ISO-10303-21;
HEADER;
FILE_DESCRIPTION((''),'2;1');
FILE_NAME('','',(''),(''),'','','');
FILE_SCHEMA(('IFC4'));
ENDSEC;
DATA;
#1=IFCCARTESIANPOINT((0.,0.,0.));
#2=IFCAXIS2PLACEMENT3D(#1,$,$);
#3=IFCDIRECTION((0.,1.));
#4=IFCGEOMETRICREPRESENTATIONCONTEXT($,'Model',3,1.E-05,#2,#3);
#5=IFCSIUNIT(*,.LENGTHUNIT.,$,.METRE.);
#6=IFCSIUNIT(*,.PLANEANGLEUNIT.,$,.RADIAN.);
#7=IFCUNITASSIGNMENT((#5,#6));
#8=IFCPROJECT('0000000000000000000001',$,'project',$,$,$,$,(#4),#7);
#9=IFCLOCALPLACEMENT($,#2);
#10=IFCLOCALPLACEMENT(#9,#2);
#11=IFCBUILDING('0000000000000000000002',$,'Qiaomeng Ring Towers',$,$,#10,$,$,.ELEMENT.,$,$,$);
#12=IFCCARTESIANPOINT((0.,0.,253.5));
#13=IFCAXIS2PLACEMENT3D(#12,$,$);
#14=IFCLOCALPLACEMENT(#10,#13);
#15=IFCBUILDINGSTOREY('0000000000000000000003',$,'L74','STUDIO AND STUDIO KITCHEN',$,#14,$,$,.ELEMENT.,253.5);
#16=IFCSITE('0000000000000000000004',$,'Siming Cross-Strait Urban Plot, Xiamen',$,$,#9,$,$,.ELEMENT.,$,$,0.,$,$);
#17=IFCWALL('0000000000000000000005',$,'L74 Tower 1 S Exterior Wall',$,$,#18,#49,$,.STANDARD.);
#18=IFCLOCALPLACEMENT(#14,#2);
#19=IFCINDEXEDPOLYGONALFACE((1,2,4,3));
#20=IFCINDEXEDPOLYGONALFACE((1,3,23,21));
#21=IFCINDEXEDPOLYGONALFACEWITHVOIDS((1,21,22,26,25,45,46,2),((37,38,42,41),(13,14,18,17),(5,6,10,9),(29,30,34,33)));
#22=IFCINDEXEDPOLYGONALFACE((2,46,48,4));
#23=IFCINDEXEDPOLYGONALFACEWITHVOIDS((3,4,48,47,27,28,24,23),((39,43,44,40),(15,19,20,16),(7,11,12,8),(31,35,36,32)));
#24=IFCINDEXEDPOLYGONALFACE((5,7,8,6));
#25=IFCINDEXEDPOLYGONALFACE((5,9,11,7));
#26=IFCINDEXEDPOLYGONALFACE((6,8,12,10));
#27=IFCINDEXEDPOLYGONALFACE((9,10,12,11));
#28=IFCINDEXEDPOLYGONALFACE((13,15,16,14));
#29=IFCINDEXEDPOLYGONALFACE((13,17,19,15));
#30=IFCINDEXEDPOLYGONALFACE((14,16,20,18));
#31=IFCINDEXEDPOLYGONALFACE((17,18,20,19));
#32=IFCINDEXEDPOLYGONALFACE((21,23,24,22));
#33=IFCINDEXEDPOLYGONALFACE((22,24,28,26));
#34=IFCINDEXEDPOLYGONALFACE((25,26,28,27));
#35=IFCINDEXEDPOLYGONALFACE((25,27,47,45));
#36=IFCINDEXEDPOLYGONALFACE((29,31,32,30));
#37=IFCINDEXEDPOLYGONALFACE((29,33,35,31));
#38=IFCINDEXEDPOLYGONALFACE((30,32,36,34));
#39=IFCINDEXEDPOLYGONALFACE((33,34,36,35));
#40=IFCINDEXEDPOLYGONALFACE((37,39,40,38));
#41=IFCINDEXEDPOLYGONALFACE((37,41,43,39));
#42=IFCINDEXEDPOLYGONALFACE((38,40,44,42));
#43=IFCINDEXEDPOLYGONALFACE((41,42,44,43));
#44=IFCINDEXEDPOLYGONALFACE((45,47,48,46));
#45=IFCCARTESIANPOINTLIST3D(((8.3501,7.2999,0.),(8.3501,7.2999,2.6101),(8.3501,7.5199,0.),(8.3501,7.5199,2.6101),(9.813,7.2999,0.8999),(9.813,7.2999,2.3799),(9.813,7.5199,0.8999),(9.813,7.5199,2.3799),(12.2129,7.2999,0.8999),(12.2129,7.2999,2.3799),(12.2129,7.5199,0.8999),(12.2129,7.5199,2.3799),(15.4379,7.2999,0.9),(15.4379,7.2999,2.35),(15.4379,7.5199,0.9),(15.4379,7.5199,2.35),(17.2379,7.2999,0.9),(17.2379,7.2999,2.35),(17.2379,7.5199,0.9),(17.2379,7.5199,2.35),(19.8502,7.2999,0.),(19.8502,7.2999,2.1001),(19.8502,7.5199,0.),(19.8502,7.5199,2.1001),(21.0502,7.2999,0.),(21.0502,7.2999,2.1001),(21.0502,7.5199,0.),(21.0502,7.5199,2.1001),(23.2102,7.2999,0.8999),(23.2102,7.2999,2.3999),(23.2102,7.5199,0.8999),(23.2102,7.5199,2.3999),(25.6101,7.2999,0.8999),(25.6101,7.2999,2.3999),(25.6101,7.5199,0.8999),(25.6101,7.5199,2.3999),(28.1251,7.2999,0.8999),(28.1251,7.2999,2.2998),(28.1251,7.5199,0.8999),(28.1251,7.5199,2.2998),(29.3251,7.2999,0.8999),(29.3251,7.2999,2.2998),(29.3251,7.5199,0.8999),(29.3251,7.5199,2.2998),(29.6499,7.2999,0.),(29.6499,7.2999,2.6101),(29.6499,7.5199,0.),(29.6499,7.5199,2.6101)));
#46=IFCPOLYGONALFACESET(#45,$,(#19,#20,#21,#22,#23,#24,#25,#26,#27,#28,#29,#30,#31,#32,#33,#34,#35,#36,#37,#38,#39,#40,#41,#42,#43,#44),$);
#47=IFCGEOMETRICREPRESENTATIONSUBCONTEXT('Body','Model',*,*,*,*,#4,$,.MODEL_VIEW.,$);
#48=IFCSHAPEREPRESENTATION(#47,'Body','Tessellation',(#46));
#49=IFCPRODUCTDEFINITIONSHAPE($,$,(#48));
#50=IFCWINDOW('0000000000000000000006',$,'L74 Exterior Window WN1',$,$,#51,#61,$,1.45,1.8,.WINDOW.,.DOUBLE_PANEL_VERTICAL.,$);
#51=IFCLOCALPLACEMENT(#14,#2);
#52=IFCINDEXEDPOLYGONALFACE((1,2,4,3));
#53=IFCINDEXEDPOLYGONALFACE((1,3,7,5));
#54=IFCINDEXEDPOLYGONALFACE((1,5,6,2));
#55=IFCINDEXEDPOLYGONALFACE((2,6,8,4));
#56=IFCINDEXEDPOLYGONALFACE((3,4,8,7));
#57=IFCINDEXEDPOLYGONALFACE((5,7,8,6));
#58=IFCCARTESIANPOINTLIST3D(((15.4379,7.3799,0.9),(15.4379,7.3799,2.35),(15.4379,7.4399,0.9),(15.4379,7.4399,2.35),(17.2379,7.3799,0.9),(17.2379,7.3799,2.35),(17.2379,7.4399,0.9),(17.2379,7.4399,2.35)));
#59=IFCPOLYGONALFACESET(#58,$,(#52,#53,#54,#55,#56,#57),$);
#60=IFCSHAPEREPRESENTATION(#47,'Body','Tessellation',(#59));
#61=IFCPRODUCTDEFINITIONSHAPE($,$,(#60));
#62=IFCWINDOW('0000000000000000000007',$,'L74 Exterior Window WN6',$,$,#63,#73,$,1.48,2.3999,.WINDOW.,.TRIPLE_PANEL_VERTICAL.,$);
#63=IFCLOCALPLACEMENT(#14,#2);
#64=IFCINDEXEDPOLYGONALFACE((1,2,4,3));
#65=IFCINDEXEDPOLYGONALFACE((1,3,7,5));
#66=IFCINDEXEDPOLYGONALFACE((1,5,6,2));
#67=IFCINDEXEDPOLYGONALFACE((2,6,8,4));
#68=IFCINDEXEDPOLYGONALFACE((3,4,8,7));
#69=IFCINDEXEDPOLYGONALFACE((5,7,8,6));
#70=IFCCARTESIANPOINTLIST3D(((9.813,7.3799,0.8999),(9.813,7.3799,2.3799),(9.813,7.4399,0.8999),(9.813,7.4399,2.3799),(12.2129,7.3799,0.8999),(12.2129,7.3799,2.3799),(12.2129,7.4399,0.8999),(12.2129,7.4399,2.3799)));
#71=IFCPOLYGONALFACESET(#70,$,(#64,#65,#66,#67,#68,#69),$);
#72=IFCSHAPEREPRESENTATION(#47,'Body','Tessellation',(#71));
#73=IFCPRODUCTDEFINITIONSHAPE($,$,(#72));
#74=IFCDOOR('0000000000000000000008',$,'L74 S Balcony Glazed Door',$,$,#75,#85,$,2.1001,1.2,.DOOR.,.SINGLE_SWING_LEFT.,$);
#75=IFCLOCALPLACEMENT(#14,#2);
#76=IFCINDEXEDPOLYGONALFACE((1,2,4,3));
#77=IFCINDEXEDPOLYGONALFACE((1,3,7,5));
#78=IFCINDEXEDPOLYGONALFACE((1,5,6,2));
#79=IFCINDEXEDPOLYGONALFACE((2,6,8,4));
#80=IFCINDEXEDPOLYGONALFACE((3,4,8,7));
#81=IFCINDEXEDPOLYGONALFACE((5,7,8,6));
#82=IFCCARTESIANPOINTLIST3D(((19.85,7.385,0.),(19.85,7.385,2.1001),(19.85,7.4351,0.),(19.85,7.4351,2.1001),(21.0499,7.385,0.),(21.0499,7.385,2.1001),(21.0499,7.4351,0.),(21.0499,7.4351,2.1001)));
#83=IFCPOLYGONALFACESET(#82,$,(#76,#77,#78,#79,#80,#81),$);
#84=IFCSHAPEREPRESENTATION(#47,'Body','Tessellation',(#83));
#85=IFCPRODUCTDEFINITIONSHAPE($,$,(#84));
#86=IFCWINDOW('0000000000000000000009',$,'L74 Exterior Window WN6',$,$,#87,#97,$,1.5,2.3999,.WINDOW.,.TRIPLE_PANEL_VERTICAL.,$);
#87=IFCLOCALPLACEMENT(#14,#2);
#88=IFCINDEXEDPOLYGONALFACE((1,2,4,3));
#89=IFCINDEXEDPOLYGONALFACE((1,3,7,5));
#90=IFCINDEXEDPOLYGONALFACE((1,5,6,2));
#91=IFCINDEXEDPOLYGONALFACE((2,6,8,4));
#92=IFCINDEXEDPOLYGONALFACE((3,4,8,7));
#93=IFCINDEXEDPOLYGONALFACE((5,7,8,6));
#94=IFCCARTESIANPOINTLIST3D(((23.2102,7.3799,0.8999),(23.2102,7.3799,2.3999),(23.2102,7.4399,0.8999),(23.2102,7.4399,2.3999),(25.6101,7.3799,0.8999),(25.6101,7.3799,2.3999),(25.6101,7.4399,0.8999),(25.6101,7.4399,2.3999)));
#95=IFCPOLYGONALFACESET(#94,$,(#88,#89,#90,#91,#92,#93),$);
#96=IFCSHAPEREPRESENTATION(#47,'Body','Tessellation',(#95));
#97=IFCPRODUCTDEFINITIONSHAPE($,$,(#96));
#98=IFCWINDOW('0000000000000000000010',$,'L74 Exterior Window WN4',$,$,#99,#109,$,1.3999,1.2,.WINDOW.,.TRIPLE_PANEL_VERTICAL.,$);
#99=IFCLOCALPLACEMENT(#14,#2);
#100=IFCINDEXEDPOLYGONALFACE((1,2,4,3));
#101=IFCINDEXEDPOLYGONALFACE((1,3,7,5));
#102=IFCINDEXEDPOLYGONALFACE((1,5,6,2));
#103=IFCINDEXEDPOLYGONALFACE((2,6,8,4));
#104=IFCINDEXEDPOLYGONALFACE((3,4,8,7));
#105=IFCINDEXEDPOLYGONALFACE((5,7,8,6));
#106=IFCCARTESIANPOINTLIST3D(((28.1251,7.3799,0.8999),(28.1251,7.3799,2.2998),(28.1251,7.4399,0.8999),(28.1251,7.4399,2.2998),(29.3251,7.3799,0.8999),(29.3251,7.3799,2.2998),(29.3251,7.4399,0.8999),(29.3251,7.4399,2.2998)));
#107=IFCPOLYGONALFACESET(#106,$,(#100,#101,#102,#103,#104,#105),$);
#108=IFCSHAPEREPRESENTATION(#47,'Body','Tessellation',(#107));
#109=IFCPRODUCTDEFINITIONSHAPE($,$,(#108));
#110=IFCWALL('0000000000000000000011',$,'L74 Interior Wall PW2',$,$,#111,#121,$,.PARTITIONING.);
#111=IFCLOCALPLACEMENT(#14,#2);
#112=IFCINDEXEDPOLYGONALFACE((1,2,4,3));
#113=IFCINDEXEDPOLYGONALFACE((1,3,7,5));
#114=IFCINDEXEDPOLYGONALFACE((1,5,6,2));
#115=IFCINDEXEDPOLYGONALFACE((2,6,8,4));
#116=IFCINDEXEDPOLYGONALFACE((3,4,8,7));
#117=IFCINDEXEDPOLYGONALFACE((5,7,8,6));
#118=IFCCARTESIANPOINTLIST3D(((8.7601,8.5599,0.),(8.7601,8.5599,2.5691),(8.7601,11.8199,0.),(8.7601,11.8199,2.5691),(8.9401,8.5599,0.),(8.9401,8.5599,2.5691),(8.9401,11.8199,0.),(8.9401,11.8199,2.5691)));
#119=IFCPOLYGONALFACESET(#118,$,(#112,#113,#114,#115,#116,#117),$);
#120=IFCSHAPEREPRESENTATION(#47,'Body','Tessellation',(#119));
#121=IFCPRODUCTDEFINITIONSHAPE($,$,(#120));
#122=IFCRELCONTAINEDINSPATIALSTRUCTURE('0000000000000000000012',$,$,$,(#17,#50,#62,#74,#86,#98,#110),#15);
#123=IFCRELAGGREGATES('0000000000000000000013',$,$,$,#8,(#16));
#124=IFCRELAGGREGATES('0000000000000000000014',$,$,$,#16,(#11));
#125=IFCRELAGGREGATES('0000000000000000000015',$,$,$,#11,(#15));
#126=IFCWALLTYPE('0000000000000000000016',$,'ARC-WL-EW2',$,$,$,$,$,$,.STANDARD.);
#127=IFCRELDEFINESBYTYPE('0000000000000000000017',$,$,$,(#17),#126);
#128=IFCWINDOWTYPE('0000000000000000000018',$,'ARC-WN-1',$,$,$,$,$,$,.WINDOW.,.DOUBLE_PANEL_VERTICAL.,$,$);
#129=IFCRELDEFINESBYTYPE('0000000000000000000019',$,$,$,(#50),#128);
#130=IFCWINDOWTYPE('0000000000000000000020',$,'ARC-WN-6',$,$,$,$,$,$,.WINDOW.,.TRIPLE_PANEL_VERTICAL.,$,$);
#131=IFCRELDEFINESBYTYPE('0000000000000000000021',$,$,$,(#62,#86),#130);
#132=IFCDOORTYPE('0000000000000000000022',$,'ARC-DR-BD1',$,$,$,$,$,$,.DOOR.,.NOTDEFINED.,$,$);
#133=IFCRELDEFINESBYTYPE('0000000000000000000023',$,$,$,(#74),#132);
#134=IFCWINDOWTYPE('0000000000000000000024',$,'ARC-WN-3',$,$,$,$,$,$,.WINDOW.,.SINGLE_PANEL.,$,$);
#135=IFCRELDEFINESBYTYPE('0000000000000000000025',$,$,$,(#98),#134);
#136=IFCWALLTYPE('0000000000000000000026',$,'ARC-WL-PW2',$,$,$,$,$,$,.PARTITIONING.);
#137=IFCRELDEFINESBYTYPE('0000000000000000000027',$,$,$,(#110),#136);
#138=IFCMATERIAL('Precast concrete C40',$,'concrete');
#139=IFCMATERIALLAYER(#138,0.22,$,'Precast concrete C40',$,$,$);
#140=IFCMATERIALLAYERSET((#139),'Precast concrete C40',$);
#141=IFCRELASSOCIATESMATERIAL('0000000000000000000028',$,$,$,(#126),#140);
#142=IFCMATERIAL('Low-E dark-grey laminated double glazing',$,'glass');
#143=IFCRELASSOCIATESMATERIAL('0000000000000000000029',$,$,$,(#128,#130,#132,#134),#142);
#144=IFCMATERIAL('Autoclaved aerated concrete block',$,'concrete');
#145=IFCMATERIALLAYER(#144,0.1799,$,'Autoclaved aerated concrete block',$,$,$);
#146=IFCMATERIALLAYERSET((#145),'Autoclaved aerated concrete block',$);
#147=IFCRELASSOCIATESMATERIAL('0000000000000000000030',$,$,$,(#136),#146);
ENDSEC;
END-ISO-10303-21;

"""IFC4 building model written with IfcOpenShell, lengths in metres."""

from ifc_helpers import new_model, si_unit, direction, frame, frame_2d, origin, place, context, subcontext, project, spatial, rectangle, extrude, source, transform, mapped, material, layer, layer_set, type_object, element, fill, save


model = new_model("IFC4")

# Units and contexts
model_context = context("Model", 3, precision=1e-05, world=origin(), true_north=direction((0.0, 1.0)))
body_context = subcontext(model_context, "Body", "Model", "MODEL_VIEW")
ifc_project = project(units=[si_unit("LENGTHUNIT", "METRE"), si_unit("PLANEANGLEUNIT", "RADIAN")], contexts=[model_context])

# Site, building, storey
site_placement = place(None, origin())
site = spatial("IfcSite", under=ifc_project, at=site_placement, Name="Siming Cross-Strait Urban Plot, Xiamen", CompositionType="ELEMENT", RefElevation=0.0)
building_placement = place(site_placement, origin())
building = spatial("IfcBuilding", under=site, at=building_placement, Name="Qiaomeng Ring Towers", CompositionType="ELEMENT")
storey_placement = place(building_placement, frame((0.0, 0.0, 253.5)))
storey = spatial("IfcBuildingStorey", under=building, at=storey_placement, Name="L74", Description="STUDIO AND STUDIO KITCHEN", CompositionType="ELEMENT", Elevation=253.5)

# Shared definitions
ifc_material_1 = material(Name="Low-E dark-grey laminated double glazing", Category="glass")

# Wall, openings, windows, door
ifc_material_2 = material(Name="Precast concrete C40", Category="concrete")
ifc_layer_1 = layer(ifc_material_2, 0.22, Name="Precast concrete C40")
ifc_layer_set_1 = layer_set([ifc_layer_1], Name="Precast concrete C40")
wall_type_1 = type_object("IfcWallType", Name="ARC-WL-EW2", PredefinedType="STANDARD", material=ifc_layer_set_1)
wall_1_placement = place(storey_placement, frame((8.3501, 7.4099, 0.0), z_axis=(0.0, 0.0, 1.0), x_axis=(1.0, 0.0, 0.0)))
wall_1 = element("IfcWall", 1, at=wall_1_placement, inside=storey, type_object=wall_type_1, Name="L74 Tower 1 S Exterior Wall", PredefinedType="STANDARD", context=body_context, shape_type="SweptSolid", body=[
    extrude(rectangle(XDim=21.2998, YDim=0.22, at=frame_2d((10.6499, 0.0))), origin(), (0.0, 0.0, 1.0), 2.6101),
])
opening_1_placement = place(wall_1_placement, frame((11.5, 0.0, 0.0)))
opening_1 = element("IfcOpeningElement", 2, at=opening_1_placement, cuts=wall_1, PredefinedType="OPENING", context=body_context, shape_type="SweptSolid", body=[
    extrude(rectangle(XDim=1.2, YDim=2.1001, at=frame_2d((0.6001, 1.05))), frame((0.0, 0.1199, 0.0), z_axis=(0.0, -1.0, 0.0), x_axis=(1.0, 0.0, 0.0)), (0.0, 0.0, 1.0), 0.24),
])
opening_2_placement = place(wall_1_placement, frame((1.4629, 0.0, 0.8999)))
opening_2 = element("IfcOpeningElement", 3, at=opening_2_placement, cuts=wall_1, PredefinedType="OPENING", context=body_context, shape_type="SweptSolid", body=[
    extrude(rectangle(XDim=2.3999, YDim=1.48, at=frame_2d((1.2, 0.74))), frame((0.0, 0.1199, 0.0), z_axis=(0.0, -1.0, 0.0), x_axis=(1.0, 0.0, 0.0)), (0.0, 0.0, 1.0), 0.24),
])
opening_3_placement = place(wall_1_placement, frame((7.0879, 0.0, 0.8999)))
opening_3 = element("IfcOpeningElement", 4, at=opening_3_placement, cuts=wall_1, PredefinedType="OPENING", context=body_context, shape_type="SweptSolid", body=[
    extrude(rectangle(XDim=1.8, YDim=1.45, at=frame_2d((0.8999, 0.7251))), frame((0.0, 0.1199, 0.0), z_axis=(0.0, -1.0, 0.0), x_axis=(1.0, 0.0, 0.0)), (0.0, 0.0, 1.0), 0.24),
])
opening_4_placement = place(wall_1_placement, frame((19.7749, 0.0, 0.8999)))
opening_4 = element("IfcOpeningElement", 5, at=opening_4_placement, cuts=wall_1, PredefinedType="OPENING", context=body_context, shape_type="SweptSolid", body=[
    extrude(rectangle(XDim=1.2, YDim=1.3999, at=frame_2d((0.6001, 0.7))), frame((0.0, 0.1199, 0.0), z_axis=(0.0, -1.0, 0.0), x_axis=(1.0, 0.0, 0.0)), (0.0, 0.0, 1.0), 0.24),
])
opening_5_placement = place(wall_1_placement, frame((14.8601, 0.0, 0.8999)))
opening_5 = element("IfcOpeningElement", 6, at=opening_5_placement, cuts=wall_1, PredefinedType="OPENING", context=body_context, shape_type="SweptSolid", body=[
    extrude(rectangle(XDim=2.3999, YDim=1.5, at=frame_2d((1.2, 0.75))), frame((0.0, 0.1199, 0.0), z_axis=(0.0, -1.0, 0.0), x_axis=(1.0, 0.0, 0.0)), (0.0, 0.0, 1.0), 0.24),
])
window_type_1 = type_object("IfcWindowType", Name="ARC-WN-1", PartitioningType="DOUBLE_PANEL_VERTICAL", PredefinedType="WINDOW", material=ifc_material_1)
shared_shape_1 = source(origin(), body_context, "Body", "SweptSolid", [
    extrude(rectangle(XDim=1.8, YDim=1.45, at=frame_2d((0.8999, 0.7251))), frame((0.0, 0.03, 0.0), z_axis=(0.0, -1.0, 0.0), x_axis=(1.0, 0.0, 0.0)), (0.0, 0.0, 1.0), 0.0601),
])
window_1_placement = place(opening_3_placement, origin())
window_1 = element("IfcWindow", 7, at=window_1_placement, inside=storey, type_object=window_type_1, Name="L74 Exterior Window WN1", OverallHeight=1.45, OverallWidth=1.8, PartitioningType="DOUBLE_PANEL_VERTICAL", PredefinedType="WINDOW", context=body_context, shape_type="MappedRepresentation", body=[
    mapped(shared_shape_1, transform((0.0, 0.0, 0.0), x_axis=(1.0, 0.0, 0.0), y_axis=(0.0, 1.0, 0.0), z_axis=(0.0, 0.0, 1.0), scale=1.0)),
])
fill(opening_3, window_1)
window_type_2 = type_object("IfcWindowType", Name="ARC-WN-6", PartitioningType="TRIPLE_PANEL_VERTICAL", PredefinedType="WINDOW", material=ifc_material_1)
shared_shape_2 = source(origin(), body_context, "Body", "SweptSolid", [
    extrude(rectangle(XDim=2.3999, YDim=1.48, at=frame_2d((1.2, 0.74))), frame((0.0, 0.03, 0.0), z_axis=(0.0, -1.0, 0.0), x_axis=(1.0, 0.0, 0.0)), (0.0, 0.0, 1.0), 0.0601),
])
window_2_placement = place(opening_2_placement, origin())
window_2 = element("IfcWindow", 8, at=window_2_placement, inside=storey, type_object=window_type_2, Name="L74 Exterior Window WN6", OverallHeight=1.48, OverallWidth=2.3999, PartitioningType="TRIPLE_PANEL_VERTICAL", PredefinedType="WINDOW", context=body_context, shape_type="MappedRepresentation", body=[
    mapped(shared_shape_2, transform((0.0, 0.0, 0.0), x_axis=(1.0, 0.0, 0.0), y_axis=(0.0, 1.0, 0.0), z_axis=(0.0, 0.0, 1.0), scale=1.0)),
])
fill(opening_2, window_2)
door_type_1 = type_object("IfcDoorType", Name="ARC-DR-BD1", OperationType="NOTDEFINED", PredefinedType="DOOR", material=ifc_material_1)
shared_shape_3 = source(origin(), body_context, "Body", "SweptSolid", [
    extrude(rectangle(XDim=1.2, YDim=2.1001, at=frame_2d((0.6001, 1.05))), frame((0.0, 0.0249, 0.0), z_axis=(0.0, -1.0, 0.0), x_axis=(1.0, 0.0, 0.0)), (0.0, 0.0, 1.0), 0.05),
])
door_1_placement = place(opening_1_placement, frame((1.2, 0.0, 0.0), z_axis=(0.0, 0.0, 1.0), x_axis=(-1.0, 0.0, 0.0)))
door_1 = element("IfcDoor", 9, at=door_1_placement, inside=storey, type_object=door_type_1, Name="L74 S Balcony Glazed Door", OperationType="SINGLE_SWING_LEFT", OverallHeight=2.1001, OverallWidth=1.2, PredefinedType="DOOR", context=body_context, shape_type="MappedRepresentation", body=[
    mapped(shared_shape_3, transform((0.0, 0.0, 0.0), x_axis=(1.0, 0.0, 0.0), y_axis=(0.0, 1.0, 0.0), z_axis=(0.0, 0.0, 1.0), scale=1.0)),
])
fill(opening_1, door_1)
shared_shape_4 = source(origin(), body_context, "Body", "SweptSolid", [
    extrude(rectangle(XDim=2.3999, YDim=1.5, at=frame_2d((1.2, 0.75))), frame((0.0, 0.03, 0.0), z_axis=(0.0, -1.0, 0.0), x_axis=(1.0, 0.0, 0.0)), (0.0, 0.0, 1.0), 0.0601),
])
window_3_placement = place(opening_5_placement, origin())
window_3 = element("IfcWindow", 10, at=window_3_placement, inside=storey, type_object=window_type_2, Name="L74 Exterior Window WN6", OverallHeight=1.5, OverallWidth=2.3999, PartitioningType="TRIPLE_PANEL_VERTICAL", PredefinedType="WINDOW", context=body_context, shape_type="MappedRepresentation", body=[
    mapped(shared_shape_4, transform((0.0, 0.0, 0.0), x_axis=(1.0, 0.0, 0.0), y_axis=(0.0, 1.0, 0.0), z_axis=(0.0, 0.0, 1.0), scale=1.0)),
])
fill(opening_5, window_3)
window_type_3 = type_object("IfcWindowType", Name="ARC-WN-3", PartitioningType="SINGLE_PANEL", PredefinedType="WINDOW", material=ifc_material_1)
shared_shape_5 = source(origin(), body_context, "Body", "SweptSolid", [
    extrude(rectangle(XDim=1.2, YDim=1.3999, at=frame_2d((0.6001, 0.7))), frame((0.0, 0.03, 0.0), z_axis=(0.0, -1.0, 0.0), x_axis=(1.0, 0.0, 0.0)), (0.0, 0.0, 1.0), 0.0601),
])
window_4_placement = place(opening_4_placement, origin())
window_4 = element("IfcWindow", 11, at=window_4_placement, inside=storey, type_object=window_type_3, Name="L74 Exterior Window WN4", OverallHeight=1.3999, OverallWidth=1.2, PartitioningType="TRIPLE_PANEL_VERTICAL", PredefinedType="WINDOW", context=body_context, shape_type="MappedRepresentation", body=[
    mapped(shared_shape_5, transform((0.0, 0.0, 0.0), x_axis=(1.0, 0.0, 0.0), y_axis=(0.0, 1.0, 0.0), z_axis=(0.0, 0.0, 1.0), scale=1.0)),
])
fill(opening_4, window_4)

# Wall
ifc_material_3 = material(Name="Autoclaved aerated concrete block", Category="concrete")
ifc_layer_2 = layer(ifc_material_3, 0.1799, Name="Autoclaved aerated concrete block")
ifc_layer_set_2 = layer_set([ifc_layer_2], Name="Autoclaved aerated concrete block")
wall_type_2 = type_object("IfcWallType", Name="ARC-WL-PW2", PredefinedType="PARTITIONING", material=ifc_layer_set_2)
wall_2_placement = place(storey_placement, frame((8.8501, 8.5601, 0.0), z_axis=(0.0, 0.0, 1.0), x_axis=(0.0, 1.0, 0.0)))
element("IfcWall", 12, at=wall_2_placement, inside=storey, type_object=wall_type_2, Name="L74 Interior Wall PW2", PredefinedType="PARTITIONING", context=body_context, shape_type="SweptSolid", body=[
    extrude(rectangle(XDim=3.26, YDim=0.1799, at=frame_2d((1.6299, 0.0))), origin(), (0.0, 0.0, 1.0), 2.5691),
])

save(model, "model.ifc")
